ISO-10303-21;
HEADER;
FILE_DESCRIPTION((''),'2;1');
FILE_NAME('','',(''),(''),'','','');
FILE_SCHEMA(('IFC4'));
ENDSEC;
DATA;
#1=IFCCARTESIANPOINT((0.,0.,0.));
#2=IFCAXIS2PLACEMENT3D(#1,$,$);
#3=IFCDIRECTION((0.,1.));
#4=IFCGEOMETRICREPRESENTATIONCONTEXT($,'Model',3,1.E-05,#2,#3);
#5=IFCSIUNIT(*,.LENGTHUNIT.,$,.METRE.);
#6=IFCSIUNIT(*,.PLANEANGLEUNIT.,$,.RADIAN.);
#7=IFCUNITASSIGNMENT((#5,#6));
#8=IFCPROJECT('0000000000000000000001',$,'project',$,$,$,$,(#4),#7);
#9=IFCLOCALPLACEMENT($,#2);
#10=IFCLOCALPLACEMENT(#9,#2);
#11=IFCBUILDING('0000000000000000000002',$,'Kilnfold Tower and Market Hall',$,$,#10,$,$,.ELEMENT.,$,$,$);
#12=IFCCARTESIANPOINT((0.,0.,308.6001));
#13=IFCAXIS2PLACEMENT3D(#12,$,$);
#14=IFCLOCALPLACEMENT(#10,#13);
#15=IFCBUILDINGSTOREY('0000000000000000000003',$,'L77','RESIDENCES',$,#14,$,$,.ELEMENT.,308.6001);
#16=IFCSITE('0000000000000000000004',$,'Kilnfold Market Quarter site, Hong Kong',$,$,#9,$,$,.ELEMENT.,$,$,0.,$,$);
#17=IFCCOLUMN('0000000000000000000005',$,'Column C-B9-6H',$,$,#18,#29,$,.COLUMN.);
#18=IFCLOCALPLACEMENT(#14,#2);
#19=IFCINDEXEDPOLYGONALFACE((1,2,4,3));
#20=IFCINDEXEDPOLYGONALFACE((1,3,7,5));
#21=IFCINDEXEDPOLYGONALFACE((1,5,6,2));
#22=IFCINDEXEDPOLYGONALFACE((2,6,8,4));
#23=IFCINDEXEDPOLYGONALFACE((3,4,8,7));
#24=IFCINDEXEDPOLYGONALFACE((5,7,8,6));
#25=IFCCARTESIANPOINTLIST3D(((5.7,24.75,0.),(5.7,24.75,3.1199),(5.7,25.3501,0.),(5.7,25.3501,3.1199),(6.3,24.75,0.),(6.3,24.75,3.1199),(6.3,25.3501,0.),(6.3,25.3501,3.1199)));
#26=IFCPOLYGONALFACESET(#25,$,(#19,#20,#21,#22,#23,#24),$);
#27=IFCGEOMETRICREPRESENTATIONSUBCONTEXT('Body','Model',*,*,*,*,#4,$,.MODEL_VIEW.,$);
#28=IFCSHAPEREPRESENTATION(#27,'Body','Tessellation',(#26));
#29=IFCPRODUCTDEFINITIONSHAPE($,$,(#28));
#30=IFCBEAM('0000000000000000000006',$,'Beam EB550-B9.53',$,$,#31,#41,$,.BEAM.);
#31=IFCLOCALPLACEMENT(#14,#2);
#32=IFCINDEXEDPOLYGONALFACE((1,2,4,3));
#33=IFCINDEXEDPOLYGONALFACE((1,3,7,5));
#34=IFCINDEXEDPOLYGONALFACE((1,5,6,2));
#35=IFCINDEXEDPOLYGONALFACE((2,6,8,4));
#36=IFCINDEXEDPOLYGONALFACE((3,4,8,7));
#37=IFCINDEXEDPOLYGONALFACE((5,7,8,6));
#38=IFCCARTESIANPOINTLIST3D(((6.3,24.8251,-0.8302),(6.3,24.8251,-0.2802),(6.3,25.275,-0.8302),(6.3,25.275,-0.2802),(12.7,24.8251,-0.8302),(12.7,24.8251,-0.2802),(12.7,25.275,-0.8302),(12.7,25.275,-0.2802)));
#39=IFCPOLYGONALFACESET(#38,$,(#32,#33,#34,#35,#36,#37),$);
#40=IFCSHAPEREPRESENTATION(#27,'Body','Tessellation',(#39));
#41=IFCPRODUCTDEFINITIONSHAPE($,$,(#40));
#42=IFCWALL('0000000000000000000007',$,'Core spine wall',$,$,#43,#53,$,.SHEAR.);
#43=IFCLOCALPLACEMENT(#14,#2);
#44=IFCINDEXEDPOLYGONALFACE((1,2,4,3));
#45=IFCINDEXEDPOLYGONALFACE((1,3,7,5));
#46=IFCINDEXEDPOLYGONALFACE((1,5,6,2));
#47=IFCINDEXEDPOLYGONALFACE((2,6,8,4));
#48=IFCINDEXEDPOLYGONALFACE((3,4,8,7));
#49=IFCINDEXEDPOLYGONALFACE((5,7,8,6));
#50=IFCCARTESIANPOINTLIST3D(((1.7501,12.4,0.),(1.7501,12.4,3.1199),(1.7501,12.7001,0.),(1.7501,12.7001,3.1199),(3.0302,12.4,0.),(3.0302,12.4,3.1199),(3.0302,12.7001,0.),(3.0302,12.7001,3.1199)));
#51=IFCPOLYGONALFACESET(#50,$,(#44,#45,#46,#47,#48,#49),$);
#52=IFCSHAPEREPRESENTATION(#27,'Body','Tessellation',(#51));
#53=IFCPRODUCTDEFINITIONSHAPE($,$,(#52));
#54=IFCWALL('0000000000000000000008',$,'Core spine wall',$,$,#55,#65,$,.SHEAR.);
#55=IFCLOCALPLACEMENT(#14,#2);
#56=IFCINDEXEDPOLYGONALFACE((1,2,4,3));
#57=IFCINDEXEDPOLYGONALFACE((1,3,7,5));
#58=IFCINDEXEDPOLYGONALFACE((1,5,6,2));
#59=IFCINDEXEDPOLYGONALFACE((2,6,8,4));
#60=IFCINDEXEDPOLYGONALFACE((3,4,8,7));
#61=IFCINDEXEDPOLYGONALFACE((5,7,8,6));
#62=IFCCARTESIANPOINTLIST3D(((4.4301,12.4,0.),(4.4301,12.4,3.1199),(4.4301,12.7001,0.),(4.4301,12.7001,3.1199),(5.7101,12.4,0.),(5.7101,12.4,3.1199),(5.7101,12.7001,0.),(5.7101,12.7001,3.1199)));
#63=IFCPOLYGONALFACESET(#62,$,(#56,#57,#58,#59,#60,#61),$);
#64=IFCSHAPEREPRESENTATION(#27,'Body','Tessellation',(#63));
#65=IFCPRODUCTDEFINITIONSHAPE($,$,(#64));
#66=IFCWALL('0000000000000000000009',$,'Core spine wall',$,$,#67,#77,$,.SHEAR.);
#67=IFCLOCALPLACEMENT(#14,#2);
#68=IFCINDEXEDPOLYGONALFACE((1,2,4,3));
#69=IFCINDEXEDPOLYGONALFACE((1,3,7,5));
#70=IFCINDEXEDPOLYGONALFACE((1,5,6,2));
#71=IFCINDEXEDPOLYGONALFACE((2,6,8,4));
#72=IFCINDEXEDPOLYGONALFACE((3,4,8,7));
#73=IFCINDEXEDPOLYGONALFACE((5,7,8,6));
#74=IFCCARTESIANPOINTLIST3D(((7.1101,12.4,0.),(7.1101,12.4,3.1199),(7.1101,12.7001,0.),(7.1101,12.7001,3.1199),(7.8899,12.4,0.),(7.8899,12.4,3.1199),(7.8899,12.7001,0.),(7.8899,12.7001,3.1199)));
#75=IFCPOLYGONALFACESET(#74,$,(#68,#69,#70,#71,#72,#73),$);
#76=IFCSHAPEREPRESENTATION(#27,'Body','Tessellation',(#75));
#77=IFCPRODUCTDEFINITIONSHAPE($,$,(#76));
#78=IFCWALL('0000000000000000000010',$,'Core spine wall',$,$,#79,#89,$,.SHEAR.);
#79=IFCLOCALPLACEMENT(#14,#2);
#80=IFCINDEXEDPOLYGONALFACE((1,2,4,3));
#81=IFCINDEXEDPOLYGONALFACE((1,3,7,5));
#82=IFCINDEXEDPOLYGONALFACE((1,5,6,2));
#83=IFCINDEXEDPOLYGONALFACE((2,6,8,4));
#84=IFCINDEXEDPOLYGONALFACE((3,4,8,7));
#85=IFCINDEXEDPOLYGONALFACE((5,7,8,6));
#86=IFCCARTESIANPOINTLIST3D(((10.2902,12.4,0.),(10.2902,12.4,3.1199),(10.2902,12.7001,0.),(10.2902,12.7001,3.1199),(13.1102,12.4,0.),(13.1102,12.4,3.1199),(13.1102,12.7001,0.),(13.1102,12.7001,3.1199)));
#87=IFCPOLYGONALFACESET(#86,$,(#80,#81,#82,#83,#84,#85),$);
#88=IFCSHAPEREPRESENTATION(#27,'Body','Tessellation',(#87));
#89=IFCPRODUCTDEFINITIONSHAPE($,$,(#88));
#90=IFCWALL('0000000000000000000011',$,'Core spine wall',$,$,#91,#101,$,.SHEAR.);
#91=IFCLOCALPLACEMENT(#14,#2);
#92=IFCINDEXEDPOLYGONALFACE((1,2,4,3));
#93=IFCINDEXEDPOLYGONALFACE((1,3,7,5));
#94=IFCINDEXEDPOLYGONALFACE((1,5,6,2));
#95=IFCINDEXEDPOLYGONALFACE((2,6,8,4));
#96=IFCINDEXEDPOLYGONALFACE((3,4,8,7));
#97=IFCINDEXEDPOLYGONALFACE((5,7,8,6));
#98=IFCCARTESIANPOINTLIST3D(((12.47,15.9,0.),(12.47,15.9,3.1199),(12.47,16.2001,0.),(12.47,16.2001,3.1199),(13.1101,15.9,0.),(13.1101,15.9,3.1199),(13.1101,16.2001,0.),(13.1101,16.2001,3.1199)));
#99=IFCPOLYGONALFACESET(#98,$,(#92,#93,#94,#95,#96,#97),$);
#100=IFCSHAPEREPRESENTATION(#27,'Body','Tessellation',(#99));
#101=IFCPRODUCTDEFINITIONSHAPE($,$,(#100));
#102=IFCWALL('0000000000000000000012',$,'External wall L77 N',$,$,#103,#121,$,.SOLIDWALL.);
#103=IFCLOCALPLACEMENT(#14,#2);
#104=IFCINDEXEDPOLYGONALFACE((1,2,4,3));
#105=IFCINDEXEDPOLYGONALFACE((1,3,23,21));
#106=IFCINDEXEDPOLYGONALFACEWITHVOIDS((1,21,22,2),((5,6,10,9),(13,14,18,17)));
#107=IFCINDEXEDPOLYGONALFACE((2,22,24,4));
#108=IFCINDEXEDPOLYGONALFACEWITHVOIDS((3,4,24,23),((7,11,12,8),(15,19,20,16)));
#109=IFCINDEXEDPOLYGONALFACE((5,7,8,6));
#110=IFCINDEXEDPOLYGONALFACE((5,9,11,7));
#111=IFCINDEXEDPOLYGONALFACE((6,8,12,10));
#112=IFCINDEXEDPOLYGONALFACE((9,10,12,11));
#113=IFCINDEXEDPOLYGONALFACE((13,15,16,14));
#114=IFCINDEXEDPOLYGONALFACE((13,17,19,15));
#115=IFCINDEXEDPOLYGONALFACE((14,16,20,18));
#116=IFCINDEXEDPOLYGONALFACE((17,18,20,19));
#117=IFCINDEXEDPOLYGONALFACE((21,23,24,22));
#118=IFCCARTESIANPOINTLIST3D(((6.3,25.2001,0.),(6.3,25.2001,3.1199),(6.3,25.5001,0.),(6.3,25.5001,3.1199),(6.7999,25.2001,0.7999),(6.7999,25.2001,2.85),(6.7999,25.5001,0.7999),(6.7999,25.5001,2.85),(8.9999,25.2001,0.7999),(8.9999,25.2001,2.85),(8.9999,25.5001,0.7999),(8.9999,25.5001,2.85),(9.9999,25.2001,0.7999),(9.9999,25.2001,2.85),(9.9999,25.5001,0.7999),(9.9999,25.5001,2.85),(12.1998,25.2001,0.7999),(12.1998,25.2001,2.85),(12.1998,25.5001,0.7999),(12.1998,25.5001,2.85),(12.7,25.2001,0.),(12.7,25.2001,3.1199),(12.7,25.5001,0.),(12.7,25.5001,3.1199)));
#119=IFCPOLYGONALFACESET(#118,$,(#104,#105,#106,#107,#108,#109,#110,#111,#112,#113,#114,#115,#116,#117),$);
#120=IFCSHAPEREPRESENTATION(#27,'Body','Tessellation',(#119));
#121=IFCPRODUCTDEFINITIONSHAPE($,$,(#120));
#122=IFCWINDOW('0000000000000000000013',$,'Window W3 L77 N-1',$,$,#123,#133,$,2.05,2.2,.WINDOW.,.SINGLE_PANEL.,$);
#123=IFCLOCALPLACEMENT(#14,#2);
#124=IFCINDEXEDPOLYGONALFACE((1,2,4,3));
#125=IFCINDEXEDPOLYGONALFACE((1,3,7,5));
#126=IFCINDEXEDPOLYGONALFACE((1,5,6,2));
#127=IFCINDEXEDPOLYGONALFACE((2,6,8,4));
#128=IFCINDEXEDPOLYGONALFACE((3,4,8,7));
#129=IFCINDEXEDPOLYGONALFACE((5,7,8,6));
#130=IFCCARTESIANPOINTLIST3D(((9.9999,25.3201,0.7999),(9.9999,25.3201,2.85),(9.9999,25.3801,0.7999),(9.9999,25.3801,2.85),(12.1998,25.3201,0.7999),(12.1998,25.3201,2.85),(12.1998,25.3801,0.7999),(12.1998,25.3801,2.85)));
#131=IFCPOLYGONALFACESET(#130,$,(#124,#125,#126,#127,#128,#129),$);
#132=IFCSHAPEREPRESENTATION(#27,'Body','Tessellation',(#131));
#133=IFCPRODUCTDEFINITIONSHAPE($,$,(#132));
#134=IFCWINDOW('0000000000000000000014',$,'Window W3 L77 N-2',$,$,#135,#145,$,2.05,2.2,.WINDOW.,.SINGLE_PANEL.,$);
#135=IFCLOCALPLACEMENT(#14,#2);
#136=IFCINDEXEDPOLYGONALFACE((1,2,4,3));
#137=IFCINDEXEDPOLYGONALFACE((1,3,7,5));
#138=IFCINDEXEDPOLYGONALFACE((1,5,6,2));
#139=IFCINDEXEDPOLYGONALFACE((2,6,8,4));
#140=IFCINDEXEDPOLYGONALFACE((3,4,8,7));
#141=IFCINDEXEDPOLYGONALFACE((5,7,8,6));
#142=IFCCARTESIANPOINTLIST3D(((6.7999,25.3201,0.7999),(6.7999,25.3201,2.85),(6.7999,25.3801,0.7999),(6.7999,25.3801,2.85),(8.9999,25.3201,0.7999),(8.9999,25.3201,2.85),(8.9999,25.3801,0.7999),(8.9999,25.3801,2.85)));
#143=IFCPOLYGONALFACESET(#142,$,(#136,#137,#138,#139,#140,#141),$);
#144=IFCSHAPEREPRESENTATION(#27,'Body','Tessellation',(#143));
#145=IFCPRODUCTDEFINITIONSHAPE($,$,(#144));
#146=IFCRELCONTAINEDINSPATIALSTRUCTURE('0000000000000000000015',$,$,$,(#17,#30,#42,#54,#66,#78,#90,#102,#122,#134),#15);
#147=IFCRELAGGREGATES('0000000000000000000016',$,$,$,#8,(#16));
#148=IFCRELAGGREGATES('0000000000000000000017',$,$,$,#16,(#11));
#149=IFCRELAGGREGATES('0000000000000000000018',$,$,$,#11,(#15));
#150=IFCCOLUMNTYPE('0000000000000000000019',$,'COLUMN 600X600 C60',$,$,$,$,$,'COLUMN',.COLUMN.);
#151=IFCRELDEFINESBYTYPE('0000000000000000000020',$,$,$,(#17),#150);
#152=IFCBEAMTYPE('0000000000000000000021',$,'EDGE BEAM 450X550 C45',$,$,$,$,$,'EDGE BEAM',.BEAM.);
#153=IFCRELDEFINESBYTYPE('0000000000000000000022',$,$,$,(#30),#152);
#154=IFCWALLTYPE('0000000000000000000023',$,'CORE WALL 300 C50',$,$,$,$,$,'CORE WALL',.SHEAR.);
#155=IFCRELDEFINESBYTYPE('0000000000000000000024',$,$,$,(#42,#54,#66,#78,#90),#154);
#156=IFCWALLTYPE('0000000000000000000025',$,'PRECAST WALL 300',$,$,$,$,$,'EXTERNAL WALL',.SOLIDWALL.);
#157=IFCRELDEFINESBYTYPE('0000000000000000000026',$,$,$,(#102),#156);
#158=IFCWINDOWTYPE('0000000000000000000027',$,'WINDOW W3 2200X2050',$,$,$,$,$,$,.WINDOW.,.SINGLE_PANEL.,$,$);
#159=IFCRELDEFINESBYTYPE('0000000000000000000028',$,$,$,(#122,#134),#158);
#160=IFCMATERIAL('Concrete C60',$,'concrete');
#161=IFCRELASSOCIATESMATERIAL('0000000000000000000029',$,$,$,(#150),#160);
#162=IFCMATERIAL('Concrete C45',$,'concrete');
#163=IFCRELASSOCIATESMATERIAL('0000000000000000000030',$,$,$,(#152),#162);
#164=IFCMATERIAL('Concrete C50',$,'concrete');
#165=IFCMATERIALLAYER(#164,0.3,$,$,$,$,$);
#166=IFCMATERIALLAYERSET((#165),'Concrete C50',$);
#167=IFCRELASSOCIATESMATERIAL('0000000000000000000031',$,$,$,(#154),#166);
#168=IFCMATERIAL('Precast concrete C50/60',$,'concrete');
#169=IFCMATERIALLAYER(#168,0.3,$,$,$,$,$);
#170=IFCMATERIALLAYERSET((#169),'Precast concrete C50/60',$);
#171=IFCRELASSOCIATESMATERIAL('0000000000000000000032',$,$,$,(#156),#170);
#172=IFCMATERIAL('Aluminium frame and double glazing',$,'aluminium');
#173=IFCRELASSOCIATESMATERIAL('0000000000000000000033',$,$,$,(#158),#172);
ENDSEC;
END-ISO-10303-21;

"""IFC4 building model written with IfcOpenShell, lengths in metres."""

from ifc_helpers import new_model, si_unit, direction, frame, frame_2d, origin, origin_2d, place, context, subcontext, project, spatial, rectangle, extrude, source, transform, mapped, material, layer, layer_set, material_profile, profile_set, type_object, element, fill, save


model = new_model("IFC4")

# Units and contexts
model_context = context("Model", 3, precision=1e-05, world=origin(), true_north=direction((0.0, 1.0)))
body_context = subcontext(model_context, "Body", "Model", "MODEL_VIEW")
ifc_project = project(units=[si_unit("LENGTHUNIT", "METRE"), si_unit("PLANEANGLEUNIT", "RADIAN")], contexts=[model_context])

# Site, building, storey
site_placement = place(None, origin())
site = spatial("IfcSite", under=ifc_project, at=site_placement, Name="Kilnfold Market Quarter site, Hong Kong", CompositionType="ELEMENT", RefElevation=0.0)
building_placement = place(site_placement, origin())
building = spatial("IfcBuilding", under=site, at=building_placement, Name="Kilnfold Tower and Market Hall", CompositionType="ELEMENT")
storey_placement = place(building_placement, frame((0.0, 0.0, 308.6001)))
storey = spatial("IfcBuildingStorey", under=building, at=storey_placement, Name="L77", Description="RESIDENCES", CompositionType="ELEMENT", Elevation=308.6001)

# Column
ifc_material_1 = material(Name="Concrete C60", Category="concrete")
ifc_material_profile_1 = material_profile(ifc_material_1, rectangle(XDim=0.6001, YDim=0.6001, at=origin_2d()), Name="RC 600x600")
ifc_profile_set_1 = profile_set([ifc_material_profile_1], Name="Concrete C60")
column_type = type_object("IfcColumnType", Name="COLUMN 600X600 C60", ElementType="COLUMN", PredefinedType="COLUMN", material=ifc_profile_set_1)
shared_shape_1 = source(origin(), body_context, "Body", "SweptSolid", [
    extrude(rectangle(XDim=0.6001, YDim=0.6001, at=origin_2d()), origin(), (0.0, 0.0, 1.0), 3.1199),
])
column_placement = place(storey_placement, frame((6.0, 25.05, 0.0), z_axis=(0.0, 0.0, 1.0), x_axis=(1.0, 0.0, 0.0)))
element("IfcColumn", 1, at=column_placement, inside=storey, type_object=column_type, Name="Column C-B9-6H", PredefinedType="COLUMN", context=body_context, shape_type="MappedRepresentation", body=[
    mapped(shared_shape_1, transform((0.0, 0.0, 0.0))),
])

# Beam
ifc_material_2 = material(Name="Concrete C45", Category="concrete")
ifc_material_profile_2 = material_profile(ifc_material_2, rectangle(XDim=0.45, YDim=0.55, at=origin_2d()), Name="RC 450x550")
ifc_profile_set_2 = profile_set([ifc_material_profile_2], Name="Concrete C45")
beam_type = type_object("IfcBeamType", Name="EDGE BEAM 450X550 C45", ElementType="EDGE BEAM", PredefinedType="BEAM", material=ifc_profile_set_2)
shared_shape_2 = source(origin(), body_context, "Body", "SweptSolid", [
    extrude(rectangle(XDim=0.45, YDim=0.55, at=origin_2d()), origin(), (0.0, 0.0, 1.0), 6.3999),
])
beam_placement = place(storey_placement, frame((6.3, 25.05, -0.5552), z_axis=(1.0, 0.0, 0.0), x_axis=(0.0, 1.0, 0.0)))
element("IfcBeam", 2, at=beam_placement, inside=storey, type_object=beam_type, Name="Beam EB550-B9.53", PredefinedType="BEAM", context=body_context, shape_type="MappedRepresentation", body=[
    mapped(shared_shape_2, transform((0.0, 0.0, 0.0))),
])

# Walls
ifc_material_3 = material(Name="Concrete C50", Category="concrete")
ifc_layer_1 = layer(ifc_material_3, 0.3)
ifc_layer_set_1 = layer_set([ifc_layer_1], Name="Concrete C50")
wall_type_1 = type_object("IfcWallType", Name="CORE WALL 300 C50", ElementType="CORE WALL", PredefinedType="SHEAR", material=ifc_layer_set_1)
shared_shape_3 = source(origin(), body_context, "Body", "SweptSolid", [
    extrude(rectangle(XDim=1.28, YDim=0.3, at=frame_2d((0.6401, 0.0))), origin(), (0.0, 0.0, 1.0), 3.1199),
])
for number, where, z_axis, x_axis, name in (
    (3, (1.75, 12.55, 0.0), (0.0, 0.0, 1.0), (1.0, 0.0, 0.0), "Core spine wall"),
    (4, (4.4299, 12.55, 0.0), (0.0, 0.0, 1.0), (1.0, 0.0, 0.0), "Core spine wall"),
):
    element("IfcWall", number, at=place(storey_placement, frame(where, z_axis=z_axis, x_axis=x_axis)), inside=storey, type_object=wall_type_1, Name=name, PredefinedType="SHEAR", context=body_context, shape_type="MappedRepresentation", body=[
        mapped(shared_shape_3, transform((0.0, 0.0, 0.0))),
    ])
shared_shape_4 = source(origin(), body_context, "Body", "SweptSolid", [
    extrude(rectangle(XDim=0.7798, YDim=0.3, at=frame_2d((0.3899, 0.0))), origin(), (0.0, 0.0, 1.0), 3.1199),
])
wall_1_placement = place(storey_placement, frame((7.1101, 12.55, 0.0), z_axis=(0.0, 0.0, 1.0), x_axis=(1.0, 0.0, 0.0)))
element("IfcWall", 5, at=wall_1_placement, inside=storey, type_object=wall_type_1, Name="Core spine wall", PredefinedType="SHEAR", context=body_context, shape_type="MappedRepresentation", body=[
    mapped(shared_shape_4, transform((0.0, 0.0, 0.0))),
])
shared_shape_5 = source(origin(), body_context, "Body", "SweptSolid", [
    extrude(rectangle(XDim=2.8201, YDim=0.3, at=frame_2d((1.4102, 0.0))), origin(), (0.0, 0.0, 1.0), 3.1199),
])
wall_2_placement = place(storey_placement, frame((10.29, 12.55, 0.0), z_axis=(0.0, 0.0, 1.0), x_axis=(1.0, 0.0, 0.0)))
element("IfcWall", 6, at=wall_2_placement, inside=storey, type_object=wall_type_1, Name="Core spine wall", PredefinedType="SHEAR", context=body_context, shape_type="MappedRepresentation", body=[
    mapped(shared_shape_5, transform((0.0, 0.0, 0.0))),
])
shared_shape_6 = source(origin(), body_context, "Body", "SweptSolid", [
    extrude(rectangle(XDim=0.6401, YDim=0.3, at=frame_2d((0.3201, 0.0))), origin(), (0.0, 0.0, 1.0), 3.1199),
])
wall_3_placement = place(storey_placement, frame((12.47, 16.05, 0.0), z_axis=(0.0, 0.0, 1.0), x_axis=(1.0, 0.0, 0.0)))
element("IfcWall", 7, at=wall_3_placement, inside=storey, type_object=wall_type_1, Name="Core spine wall", PredefinedType="SHEAR", context=body_context, shape_type="MappedRepresentation", body=[
    mapped(shared_shape_6, transform((0.0, 0.0, 0.0))),
])

# Wall, openings, windows
ifc_material_4 = material(Name="Precast concrete C50/60", Category="concrete")
ifc_layer_2 = layer(ifc_material_4, 0.3)
ifc_layer_set_2 = layer_set([ifc_layer_2], Name="Precast concrete C50/60")
wall_type_2 = type_object("IfcWallType", Name="PRECAST WALL 300", ElementType="EXTERNAL WALL", PredefinedType="SOLIDWALL", material=ifc_layer_set_2)
shared_shape_7 = source(origin(), body_context, "Body", "SweptSolid", [
    extrude(rectangle(XDim=6.3999, YDim=0.3, at=frame_2d((3.2, 0.0))), origin(), (0.0, 0.0, 1.0), 3.1199),
])
wall_4_placement = place(storey_placement, frame((12.7, 25.3501, 0.0), z_axis=(0.0, 0.0, 1.0), x_axis=(-1.0, 0.0, 0.0)))
wall_4 = element("IfcWall", 8, at=wall_4_placement, inside=storey, type_object=wall_type_2, Name="External wall L77 N", PredefinedType="SOLIDWALL", context=body_context, shape_type="MappedRepresentation", body=[
    mapped(shared_shape_7, transform((0.0, 0.0, 0.0))),
])
opening_1_placement = place(wall_4_placement, frame((0.5, 0.0, 0.8)))
opening_1 = element("IfcOpeningElement", 9, at=opening_1_placement, cuts=wall_4, PredefinedType="OPENING", context=body_context, shape_type="SweptSolid", body=[
    extrude(rectangle(XDim=2.2, YDim=2.05, at=frame_2d((1.1001, 1.0249))), frame((0.0, 0.1602, 0.0), z_axis=(0.0, -1.0, 0.0), x_axis=(1.0, 0.0, 0.0)), (0.0, 0.0, 1.0), 0.3201),
])
opening_2_placement = place(wall_4_placement, frame((3.7, 0.0, 0.8)))
opening_2 = element("IfcOpeningElement", 10, at=opening_2_placement, cuts=wall_4, PredefinedType="OPENING", context=body_context, shape_type="SweptSolid", body=[
    extrude(rectangle(XDim=2.2, YDim=2.05, at=frame_2d((1.1001, 1.0249))), frame((0.0, 0.1602, 0.0), z_axis=(0.0, -1.0, 0.0), x_axis=(1.0, 0.0, 0.0)), (0.0, 0.0, 1.0), 0.3201),
])
ifc_material_5 = material(Name="Aluminium frame and double glazing", Category="aluminium")
window_type = type_object("IfcWindowType", Name="WINDOW W3 2200X2050", PartitioningType="SINGLE_PANEL", PredefinedType="WINDOW", material=ifc_material_5)
window_1_placement = place(opening_1_placement, origin())
window_1 = element("IfcWindow", 11, at=window_1_placement, inside=storey, type_object=window_type, Name="Window W3 L77 N-1", OverallHeight=2.05, OverallWidth=2.2, PartitioningType="SINGLE_PANEL", PredefinedType="WINDOW", context=body_context, shape_type="SweptSolid", body=[
    extrude(rectangle(XDim=2.2, YDim=2.05, at=frame_2d((1.1001, 1.0249))), frame((0.0, 0.03, 0.0), z_axis=(0.0, -1.0, 0.0), x_axis=(1.0, 0.0, 0.0)), (0.0, 0.0, 1.0), 0.0601),
])
fill(opening_1, window_1)
window_2_placement = place(opening_2_placement, origin())
window_2 = element("IfcWindow", 12, at=window_2_placement, inside=storey, type_object=window_type, Name="Window W3 L77 N-2", OverallHeight=2.05, OverallWidth=2.2, PartitioningType="SINGLE_PANEL", PredefinedType="WINDOW", context=body_context, shape_type="SweptSolid", body=[
    extrude(rectangle(XDim=2.2, YDim=2.05, at=frame_2d((1.1001, 1.0249))), frame((0.0, 0.03, 0.0), z_axis=(0.0, -1.0, 0.0), x_axis=(1.0, 0.0, 0.0)), (0.0, 0.0, 1.0), 0.0601),
])
fill(opening_2, window_2)

save(model, "model.ifc")
